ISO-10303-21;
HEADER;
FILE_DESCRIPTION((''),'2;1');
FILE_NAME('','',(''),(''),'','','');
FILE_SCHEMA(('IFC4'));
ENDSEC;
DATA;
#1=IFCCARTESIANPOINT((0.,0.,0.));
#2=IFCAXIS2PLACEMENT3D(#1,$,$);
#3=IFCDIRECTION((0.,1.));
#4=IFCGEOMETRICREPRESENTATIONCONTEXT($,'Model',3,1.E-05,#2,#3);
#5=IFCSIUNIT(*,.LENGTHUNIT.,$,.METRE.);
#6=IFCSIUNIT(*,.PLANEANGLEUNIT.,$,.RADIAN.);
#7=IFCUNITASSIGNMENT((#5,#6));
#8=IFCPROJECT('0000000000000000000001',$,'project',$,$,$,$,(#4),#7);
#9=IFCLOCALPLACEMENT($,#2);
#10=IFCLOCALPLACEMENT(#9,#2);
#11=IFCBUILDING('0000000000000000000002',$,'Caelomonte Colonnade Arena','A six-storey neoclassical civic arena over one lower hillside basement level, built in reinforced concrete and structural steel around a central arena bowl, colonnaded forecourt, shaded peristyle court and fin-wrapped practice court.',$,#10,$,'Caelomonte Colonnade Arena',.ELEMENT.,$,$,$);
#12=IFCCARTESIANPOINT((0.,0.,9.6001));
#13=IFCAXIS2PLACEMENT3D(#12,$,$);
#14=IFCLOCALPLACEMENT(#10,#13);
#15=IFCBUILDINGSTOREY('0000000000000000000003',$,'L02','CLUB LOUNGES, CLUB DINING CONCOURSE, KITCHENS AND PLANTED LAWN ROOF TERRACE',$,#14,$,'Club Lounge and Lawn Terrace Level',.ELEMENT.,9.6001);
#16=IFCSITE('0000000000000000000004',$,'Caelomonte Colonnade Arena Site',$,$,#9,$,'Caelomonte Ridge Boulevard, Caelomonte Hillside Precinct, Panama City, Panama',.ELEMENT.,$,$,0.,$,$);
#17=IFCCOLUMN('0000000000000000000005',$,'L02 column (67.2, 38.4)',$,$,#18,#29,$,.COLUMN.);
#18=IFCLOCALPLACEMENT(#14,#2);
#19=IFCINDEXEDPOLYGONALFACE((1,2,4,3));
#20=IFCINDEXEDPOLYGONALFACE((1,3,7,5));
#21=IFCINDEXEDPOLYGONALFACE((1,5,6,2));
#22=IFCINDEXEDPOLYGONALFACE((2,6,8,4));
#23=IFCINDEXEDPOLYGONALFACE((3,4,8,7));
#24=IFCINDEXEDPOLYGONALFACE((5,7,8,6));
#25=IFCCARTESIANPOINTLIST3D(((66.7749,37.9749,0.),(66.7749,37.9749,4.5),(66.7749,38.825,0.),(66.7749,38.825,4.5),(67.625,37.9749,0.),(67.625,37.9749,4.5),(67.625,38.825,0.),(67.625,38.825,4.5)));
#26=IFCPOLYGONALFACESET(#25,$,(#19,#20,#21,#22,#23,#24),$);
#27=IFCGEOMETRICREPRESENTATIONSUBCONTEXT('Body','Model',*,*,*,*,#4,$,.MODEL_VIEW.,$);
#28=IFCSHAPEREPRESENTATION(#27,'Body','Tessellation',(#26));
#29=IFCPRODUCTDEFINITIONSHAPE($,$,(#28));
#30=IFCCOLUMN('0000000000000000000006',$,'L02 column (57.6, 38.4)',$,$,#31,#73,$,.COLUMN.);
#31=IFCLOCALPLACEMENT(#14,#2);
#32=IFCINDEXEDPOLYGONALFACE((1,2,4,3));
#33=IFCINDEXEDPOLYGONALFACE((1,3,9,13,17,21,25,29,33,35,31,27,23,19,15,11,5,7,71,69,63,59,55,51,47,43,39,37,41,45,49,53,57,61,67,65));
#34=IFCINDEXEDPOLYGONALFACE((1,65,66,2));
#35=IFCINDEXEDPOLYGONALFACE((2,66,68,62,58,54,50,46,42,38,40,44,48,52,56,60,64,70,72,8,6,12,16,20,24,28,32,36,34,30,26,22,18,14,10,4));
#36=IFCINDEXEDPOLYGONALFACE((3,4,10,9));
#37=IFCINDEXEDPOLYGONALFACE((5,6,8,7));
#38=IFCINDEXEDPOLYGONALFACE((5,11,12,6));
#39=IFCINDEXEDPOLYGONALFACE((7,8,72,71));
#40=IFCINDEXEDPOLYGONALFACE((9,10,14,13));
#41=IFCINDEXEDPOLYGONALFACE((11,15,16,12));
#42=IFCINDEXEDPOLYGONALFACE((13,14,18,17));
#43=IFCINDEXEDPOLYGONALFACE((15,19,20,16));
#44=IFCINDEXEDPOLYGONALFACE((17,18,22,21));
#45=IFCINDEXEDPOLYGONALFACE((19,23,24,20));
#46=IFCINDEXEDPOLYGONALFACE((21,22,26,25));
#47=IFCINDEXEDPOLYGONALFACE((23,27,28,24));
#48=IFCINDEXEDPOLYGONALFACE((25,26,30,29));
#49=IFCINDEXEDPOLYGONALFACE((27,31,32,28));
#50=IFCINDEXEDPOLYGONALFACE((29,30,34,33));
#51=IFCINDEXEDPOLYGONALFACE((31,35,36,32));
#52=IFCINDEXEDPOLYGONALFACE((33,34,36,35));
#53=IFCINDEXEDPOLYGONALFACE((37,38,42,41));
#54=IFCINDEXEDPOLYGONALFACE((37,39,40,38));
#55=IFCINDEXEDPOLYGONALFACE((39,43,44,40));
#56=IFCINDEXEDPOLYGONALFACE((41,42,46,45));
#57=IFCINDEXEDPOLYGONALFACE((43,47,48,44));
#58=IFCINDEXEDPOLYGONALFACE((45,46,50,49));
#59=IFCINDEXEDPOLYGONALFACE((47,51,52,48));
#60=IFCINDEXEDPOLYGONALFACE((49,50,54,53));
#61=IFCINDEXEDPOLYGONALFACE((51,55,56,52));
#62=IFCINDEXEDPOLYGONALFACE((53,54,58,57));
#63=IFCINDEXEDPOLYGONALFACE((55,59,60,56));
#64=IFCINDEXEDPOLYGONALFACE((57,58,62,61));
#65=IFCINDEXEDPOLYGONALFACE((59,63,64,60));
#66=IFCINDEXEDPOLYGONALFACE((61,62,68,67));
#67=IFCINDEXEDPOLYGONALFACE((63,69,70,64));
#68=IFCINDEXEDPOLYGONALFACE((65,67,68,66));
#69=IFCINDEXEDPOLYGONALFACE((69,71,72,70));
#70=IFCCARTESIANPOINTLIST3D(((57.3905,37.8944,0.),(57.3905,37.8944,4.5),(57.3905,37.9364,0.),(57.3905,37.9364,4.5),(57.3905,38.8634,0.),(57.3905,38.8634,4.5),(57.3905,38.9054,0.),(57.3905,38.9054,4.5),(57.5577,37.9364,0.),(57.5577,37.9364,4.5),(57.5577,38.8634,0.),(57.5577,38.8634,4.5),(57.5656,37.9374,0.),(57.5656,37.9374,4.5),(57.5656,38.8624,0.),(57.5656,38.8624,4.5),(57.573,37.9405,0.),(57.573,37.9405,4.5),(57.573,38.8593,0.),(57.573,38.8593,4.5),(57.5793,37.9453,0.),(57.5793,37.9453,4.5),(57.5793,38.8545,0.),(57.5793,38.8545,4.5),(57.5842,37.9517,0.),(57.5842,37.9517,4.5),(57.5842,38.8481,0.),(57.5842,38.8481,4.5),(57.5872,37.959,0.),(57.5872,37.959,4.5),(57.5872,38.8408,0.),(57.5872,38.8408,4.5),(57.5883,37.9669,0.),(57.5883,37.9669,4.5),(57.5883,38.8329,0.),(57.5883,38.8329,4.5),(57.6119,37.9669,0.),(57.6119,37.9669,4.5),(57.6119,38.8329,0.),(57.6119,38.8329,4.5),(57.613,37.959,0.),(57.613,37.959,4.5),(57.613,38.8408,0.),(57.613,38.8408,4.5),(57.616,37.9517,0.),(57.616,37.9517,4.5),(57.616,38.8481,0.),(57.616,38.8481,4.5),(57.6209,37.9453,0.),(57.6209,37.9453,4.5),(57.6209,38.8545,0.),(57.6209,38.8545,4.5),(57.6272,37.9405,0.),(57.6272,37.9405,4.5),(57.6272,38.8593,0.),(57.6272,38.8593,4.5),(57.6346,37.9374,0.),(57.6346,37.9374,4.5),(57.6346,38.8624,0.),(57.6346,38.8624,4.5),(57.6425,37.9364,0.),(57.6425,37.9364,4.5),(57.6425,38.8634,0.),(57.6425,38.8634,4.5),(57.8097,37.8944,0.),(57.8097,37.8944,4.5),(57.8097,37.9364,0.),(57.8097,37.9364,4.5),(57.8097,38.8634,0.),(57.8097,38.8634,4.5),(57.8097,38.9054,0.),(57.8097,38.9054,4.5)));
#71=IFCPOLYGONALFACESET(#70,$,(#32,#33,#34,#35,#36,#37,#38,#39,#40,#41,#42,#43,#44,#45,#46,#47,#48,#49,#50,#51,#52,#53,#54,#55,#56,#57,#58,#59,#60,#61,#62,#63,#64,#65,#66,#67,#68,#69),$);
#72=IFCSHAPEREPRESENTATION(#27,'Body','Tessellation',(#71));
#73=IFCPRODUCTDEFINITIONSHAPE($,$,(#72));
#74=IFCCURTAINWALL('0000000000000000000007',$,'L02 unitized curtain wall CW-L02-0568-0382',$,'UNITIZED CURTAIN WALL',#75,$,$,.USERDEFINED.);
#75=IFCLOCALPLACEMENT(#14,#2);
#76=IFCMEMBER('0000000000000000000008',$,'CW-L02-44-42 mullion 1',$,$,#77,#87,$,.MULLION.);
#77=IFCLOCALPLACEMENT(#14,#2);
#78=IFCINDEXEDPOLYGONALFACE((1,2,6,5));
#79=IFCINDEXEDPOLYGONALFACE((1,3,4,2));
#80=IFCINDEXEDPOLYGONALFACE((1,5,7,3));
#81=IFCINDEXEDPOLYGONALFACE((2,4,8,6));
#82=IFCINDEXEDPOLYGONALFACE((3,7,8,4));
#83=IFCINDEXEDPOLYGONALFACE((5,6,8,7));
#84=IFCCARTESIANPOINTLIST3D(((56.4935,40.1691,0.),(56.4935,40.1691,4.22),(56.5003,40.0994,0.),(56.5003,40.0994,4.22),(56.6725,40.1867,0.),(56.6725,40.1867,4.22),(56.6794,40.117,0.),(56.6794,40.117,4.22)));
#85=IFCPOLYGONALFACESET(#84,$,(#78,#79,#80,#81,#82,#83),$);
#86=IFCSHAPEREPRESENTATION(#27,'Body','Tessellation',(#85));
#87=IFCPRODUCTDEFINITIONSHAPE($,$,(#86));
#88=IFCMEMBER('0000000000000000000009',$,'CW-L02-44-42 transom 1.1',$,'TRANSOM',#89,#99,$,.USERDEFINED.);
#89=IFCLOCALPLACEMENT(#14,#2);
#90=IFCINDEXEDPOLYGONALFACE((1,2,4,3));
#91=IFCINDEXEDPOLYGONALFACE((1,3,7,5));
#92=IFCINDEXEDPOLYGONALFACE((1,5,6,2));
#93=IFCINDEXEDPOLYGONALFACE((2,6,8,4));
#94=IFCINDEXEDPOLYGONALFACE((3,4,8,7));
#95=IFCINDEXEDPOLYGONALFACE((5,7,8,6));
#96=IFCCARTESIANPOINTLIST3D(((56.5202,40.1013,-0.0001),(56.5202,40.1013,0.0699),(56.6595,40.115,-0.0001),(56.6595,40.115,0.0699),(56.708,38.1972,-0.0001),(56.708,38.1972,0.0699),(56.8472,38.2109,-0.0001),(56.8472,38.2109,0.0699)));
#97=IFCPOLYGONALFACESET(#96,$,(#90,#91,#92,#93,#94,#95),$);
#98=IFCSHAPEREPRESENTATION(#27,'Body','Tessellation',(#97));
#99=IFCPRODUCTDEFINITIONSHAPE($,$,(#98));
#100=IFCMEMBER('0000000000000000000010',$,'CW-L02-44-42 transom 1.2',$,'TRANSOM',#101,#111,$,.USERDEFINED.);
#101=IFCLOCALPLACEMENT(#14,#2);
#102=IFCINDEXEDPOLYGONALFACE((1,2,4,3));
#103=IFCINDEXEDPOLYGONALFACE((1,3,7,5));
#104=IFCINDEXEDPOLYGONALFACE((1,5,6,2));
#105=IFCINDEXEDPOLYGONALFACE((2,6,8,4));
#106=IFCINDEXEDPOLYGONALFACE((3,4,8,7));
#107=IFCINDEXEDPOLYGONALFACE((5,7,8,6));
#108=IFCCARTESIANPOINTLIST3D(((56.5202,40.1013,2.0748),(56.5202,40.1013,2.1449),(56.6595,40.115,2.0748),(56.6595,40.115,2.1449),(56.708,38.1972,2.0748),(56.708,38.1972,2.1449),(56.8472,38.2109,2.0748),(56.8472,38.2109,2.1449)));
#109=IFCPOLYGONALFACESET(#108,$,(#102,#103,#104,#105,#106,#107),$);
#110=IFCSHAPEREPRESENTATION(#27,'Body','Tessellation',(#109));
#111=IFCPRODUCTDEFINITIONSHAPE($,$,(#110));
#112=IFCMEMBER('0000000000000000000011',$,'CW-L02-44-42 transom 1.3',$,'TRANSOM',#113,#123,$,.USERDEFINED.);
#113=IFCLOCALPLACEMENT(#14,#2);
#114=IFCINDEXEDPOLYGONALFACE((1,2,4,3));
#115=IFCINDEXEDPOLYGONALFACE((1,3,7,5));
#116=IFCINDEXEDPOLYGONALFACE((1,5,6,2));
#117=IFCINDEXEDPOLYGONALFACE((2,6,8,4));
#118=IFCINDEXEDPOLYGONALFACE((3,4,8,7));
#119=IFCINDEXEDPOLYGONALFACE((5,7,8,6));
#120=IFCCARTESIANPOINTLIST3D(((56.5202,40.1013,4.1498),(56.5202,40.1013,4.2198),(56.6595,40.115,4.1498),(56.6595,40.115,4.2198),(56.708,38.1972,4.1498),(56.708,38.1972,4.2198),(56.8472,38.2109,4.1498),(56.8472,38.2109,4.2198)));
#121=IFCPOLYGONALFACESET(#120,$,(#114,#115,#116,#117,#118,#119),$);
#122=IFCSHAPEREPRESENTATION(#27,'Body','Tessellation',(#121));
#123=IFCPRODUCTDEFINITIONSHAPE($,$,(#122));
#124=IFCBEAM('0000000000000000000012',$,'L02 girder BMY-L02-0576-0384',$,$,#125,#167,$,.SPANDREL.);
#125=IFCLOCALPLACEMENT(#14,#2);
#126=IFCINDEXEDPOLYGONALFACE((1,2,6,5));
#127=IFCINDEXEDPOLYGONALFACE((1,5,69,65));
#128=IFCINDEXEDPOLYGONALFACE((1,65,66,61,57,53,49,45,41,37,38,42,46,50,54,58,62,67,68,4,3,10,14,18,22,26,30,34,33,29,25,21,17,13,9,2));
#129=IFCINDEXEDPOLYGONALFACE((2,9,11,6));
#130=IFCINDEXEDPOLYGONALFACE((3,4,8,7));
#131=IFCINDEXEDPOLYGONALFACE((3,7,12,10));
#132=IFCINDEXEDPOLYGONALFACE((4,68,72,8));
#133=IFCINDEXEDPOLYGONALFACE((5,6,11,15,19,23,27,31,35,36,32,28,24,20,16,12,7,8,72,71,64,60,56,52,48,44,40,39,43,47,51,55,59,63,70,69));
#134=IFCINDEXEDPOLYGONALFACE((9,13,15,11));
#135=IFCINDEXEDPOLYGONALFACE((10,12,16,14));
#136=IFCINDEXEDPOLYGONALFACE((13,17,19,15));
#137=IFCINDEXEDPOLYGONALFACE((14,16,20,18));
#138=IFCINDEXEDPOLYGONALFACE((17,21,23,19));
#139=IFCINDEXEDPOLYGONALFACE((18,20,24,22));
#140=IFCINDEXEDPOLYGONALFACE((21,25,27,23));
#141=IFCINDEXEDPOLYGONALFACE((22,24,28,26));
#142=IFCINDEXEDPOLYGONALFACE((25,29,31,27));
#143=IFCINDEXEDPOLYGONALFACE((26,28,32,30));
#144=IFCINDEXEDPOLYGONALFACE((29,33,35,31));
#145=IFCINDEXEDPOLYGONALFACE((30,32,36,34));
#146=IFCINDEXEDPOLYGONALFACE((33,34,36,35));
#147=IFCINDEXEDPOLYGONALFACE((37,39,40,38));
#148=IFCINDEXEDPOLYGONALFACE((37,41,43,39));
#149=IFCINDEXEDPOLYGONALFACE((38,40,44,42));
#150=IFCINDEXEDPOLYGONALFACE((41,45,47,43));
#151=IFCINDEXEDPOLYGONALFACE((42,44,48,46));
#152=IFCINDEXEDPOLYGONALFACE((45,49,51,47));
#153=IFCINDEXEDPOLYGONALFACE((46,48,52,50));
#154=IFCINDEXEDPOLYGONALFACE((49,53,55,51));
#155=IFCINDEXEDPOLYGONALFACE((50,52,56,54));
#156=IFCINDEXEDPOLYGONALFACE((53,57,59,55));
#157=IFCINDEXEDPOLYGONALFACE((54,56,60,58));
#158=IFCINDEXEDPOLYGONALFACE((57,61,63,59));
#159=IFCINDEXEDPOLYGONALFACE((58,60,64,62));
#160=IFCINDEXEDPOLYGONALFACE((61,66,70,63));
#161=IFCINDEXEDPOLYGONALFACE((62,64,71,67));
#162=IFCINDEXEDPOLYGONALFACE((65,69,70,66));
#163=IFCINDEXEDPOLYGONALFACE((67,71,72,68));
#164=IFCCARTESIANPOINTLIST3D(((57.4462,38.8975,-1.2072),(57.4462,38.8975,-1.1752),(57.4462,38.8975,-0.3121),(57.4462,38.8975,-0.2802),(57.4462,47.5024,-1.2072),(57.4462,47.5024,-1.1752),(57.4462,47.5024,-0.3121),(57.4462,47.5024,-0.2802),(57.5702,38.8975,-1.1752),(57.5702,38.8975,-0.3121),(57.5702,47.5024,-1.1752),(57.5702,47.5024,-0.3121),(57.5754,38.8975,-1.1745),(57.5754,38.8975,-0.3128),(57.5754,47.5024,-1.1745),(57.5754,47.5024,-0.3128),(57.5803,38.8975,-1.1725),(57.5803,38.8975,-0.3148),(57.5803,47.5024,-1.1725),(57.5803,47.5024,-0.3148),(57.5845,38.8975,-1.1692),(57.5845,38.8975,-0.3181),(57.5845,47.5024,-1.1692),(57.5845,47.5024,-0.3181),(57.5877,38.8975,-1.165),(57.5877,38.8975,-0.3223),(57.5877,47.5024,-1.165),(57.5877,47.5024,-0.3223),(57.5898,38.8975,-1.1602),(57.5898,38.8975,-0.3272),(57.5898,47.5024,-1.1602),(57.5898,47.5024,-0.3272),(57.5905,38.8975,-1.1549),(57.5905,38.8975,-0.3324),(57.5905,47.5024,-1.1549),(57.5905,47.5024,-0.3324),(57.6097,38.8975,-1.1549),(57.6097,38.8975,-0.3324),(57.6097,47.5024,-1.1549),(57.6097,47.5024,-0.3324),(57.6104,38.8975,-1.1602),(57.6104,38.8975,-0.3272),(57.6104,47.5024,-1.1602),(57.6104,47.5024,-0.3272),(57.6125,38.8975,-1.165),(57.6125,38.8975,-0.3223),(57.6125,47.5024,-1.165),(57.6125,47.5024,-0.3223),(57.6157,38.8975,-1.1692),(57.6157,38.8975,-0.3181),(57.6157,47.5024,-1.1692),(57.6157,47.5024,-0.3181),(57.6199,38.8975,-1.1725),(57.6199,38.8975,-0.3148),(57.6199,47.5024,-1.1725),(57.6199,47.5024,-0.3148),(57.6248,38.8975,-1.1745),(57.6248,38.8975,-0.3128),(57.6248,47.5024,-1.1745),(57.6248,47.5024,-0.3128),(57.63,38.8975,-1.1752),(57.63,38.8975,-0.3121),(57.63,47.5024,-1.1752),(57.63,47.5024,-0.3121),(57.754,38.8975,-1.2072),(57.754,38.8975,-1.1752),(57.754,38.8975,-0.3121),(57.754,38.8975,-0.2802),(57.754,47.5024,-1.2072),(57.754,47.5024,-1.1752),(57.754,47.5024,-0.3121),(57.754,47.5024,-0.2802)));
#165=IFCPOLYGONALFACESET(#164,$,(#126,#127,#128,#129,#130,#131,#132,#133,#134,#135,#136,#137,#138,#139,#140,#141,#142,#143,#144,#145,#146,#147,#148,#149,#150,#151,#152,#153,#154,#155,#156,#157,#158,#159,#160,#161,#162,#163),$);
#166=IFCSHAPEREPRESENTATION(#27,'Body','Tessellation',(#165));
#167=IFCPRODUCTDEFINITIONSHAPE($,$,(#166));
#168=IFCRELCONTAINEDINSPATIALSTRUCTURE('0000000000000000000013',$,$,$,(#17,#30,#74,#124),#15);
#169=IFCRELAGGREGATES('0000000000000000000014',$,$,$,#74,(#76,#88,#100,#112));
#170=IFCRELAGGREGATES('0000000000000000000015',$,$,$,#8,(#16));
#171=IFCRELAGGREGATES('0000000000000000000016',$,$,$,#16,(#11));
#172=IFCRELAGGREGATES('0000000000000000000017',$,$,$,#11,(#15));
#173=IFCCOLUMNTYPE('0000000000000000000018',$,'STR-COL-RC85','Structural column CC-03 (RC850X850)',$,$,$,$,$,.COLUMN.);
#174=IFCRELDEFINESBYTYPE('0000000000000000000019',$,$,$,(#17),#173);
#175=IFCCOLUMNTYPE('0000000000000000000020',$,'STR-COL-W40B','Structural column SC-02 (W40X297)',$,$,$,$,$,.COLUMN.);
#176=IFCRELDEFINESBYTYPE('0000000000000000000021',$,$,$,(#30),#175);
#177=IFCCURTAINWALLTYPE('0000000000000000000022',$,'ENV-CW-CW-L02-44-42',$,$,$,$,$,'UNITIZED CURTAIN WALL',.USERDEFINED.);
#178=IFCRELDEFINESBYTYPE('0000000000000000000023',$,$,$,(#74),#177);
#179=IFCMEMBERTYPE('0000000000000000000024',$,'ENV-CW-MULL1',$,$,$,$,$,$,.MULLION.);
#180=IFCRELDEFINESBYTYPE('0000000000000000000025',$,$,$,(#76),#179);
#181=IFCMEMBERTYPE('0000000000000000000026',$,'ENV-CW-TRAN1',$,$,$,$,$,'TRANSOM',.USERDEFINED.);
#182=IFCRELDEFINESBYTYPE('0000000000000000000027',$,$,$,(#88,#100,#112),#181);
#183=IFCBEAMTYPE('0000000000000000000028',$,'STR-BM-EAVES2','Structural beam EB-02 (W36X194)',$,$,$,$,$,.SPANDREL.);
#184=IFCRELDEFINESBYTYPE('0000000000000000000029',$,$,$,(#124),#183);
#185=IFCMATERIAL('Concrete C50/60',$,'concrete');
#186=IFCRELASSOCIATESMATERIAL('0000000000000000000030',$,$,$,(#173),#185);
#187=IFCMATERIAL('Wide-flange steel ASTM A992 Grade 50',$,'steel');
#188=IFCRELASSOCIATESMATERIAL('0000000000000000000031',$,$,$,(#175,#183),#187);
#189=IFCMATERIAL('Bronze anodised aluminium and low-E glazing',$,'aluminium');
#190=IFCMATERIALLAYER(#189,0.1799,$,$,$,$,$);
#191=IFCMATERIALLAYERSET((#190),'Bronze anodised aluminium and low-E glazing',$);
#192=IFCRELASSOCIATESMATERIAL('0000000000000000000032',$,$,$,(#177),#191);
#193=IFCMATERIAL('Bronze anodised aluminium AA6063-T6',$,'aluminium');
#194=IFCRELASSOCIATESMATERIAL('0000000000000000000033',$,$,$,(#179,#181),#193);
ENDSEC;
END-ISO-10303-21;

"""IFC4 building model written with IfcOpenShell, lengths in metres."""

from ifc_helpers import new_model, si_unit, direction, frame, origin, origin_2d, place, context, subcontext, project, spatial, rectangle, i_section, extrude, material, layer, layer_set, material_profile, profile_set, type_object, element, aggregate, save


model = new_model("IFC4")

# Units and contexts
model_context = context("Model", 3, precision=1e-05, world=origin(), true_north=direction((0.0, 1.0)))
body_context = subcontext(model_context, "Body", "Model", "MODEL_VIEW")
ifc_project = project(units=[si_unit("LENGTHUNIT", "METRE"), si_unit("PLANEANGLEUNIT", "RADIAN")], contexts=[model_context])

# Site, building, storey
site_placement = place(None, origin())
site = spatial("IfcSite", under=ifc_project, at=site_placement, Name="Caelomonte Colonnade Arena Site", LongName="Caelomonte Ridge Boulevard, Caelomonte Hillside Precinct, Panama City, Panama", CompositionType="ELEMENT", RefElevation=0.0)
building_placement = place(site_placement, origin())
building = spatial("IfcBuilding", under=site, at=building_placement, Name="Caelomonte Colonnade Arena", Description="A six-storey neoclassical civic arena over one lower hillside basement level, built in reinforced concrete and structural steel around a central arena bowl, colonnaded forecourt, shaded peristyle court and fin-wrapped practice court.", LongName="Caelomonte Colonnade Arena", CompositionType="ELEMENT")
storey_placement = place(building_placement, frame((0.0, 0.0, 9.6001)))
storey = spatial("IfcBuildingStorey", under=building, at=storey_placement, Name="L02", Description="CLUB LOUNGES, CLUB DINING CONCOURSE, KITCHENS AND PLANTED LAWN ROOF TERRACE", LongName="Club Lounge and Lawn Terrace Level", CompositionType="ELEMENT", Elevation=9.6001)

# Columns
ifc_material_1 = material(Name="Concrete C50/60", Category="concrete")
ifc_material_profile_1 = material_profile(ifc_material_1, rectangle(XDim=0.8501, YDim=0.8501, at=origin_2d()), Name="RC850X850")
ifc_profile_set_1 = profile_set([ifc_material_profile_1], Name="Concrete C50/60")
column_type_1 = type_object("IfcColumnType", Name="STR-COL-RC85", Description="Structural column CC-03 (RC850X850)", PredefinedType="COLUMN", material=ifc_profile_set_1)
column_1_placement = place(storey_placement, frame((67.2, 38.3999, 0.0), z_axis=(0.0, 0.0, 1.0), x_axis=(1.0, 0.0, 0.0)))
element("IfcColumn", 1, at=column_1_placement, inside=storey, type_object=column_type_1, Name="L02 column (67.2, 38.4)", PredefinedType="COLUMN", context=body_context, shape_type="SweptSolid", body=[
    extrude(rectangle(XDim=0.8501, YDim=0.8501, at=origin_2d()), origin(), (0.0, 0.0, 1.0), 4.5),
])
ifc_material_2 = material(Name="Wide-flange steel ASTM A992 Grade 50", Category="steel")
ifc_material_profile_2 = material_profile(ifc_material_2, i_section(OverallWidth=0.4192, OverallDepth=1.011, WebThickness=0.0237, FlangeThickness=0.042, FilletRadius=0.0305, at=origin_2d()), Name="W40X297")
ifc_profile_set_2 = profile_set([ifc_material_profile_2], Name="Wide-flange steel ASTM A992 Grade 50")
column_type_2 = type_object("IfcColumnType", Name="STR-COL-W40B", Description="Structural column SC-02 (W40X297)", PredefinedType="COLUMN", material=ifc_profile_set_2)
column_2_placement = place(storey_placement, frame((57.6001, 38.3999, 0.0), z_axis=(0.0, 0.0, 1.0), x_axis=(1.0, 0.0, 0.0)))
element("IfcColumn", 2, at=column_2_placement, inside=storey, type_object=column_type_2, Name="L02 column (57.6, 38.4)", PredefinedType="COLUMN", context=body_context, shape_type="SweptSolid", body=[
    extrude(i_section(OverallWidth=0.4192, OverallDepth=1.011, WebThickness=0.0237, FlangeThickness=0.042, FilletRadius=0.0305, at=origin_2d()), origin(), (0.0, 0.0, 1.0), 4.5),
])

# Curtain wall, members
ifc_material_3 = material(Name="Bronze anodised aluminium and low-E glazing", Category="aluminium")
ifc_layer_1 = layer(ifc_material_3, 0.1799)
ifc_layer_set_1 = layer_set([ifc_layer_1], Name="Bronze anodised aluminium and low-E glazing")
curtain_wall_type = type_object("IfcCurtainWallType", Name="ENV-CW-CW-L02-44-42", ElementType="UNITIZED CURTAIN WALL", PredefinedType="USERDEFINED", material=ifc_layer_set_1)
curtain_wall_placement = place(storey_placement, origin())
curtain_wall = element("IfcCurtainWall", 3, at=curtain_wall_placement, inside=storey, type_object=curtain_wall_type, Name="L02 unitized curtain wall CW-L02-0568-0382", ObjectType="UNITIZED CURTAIN WALL", PredefinedType="USERDEFINED")
ifc_material_4 = material(Name="Bronze anodised aluminium AA6063-T6", Category="aluminium")
ifc_material_profile_3 = material_profile(ifc_material_4, rectangle(XDim=0.0701, YDim=0.1799, at=origin_2d()), Name="CWM-70X180")
ifc_profile_set_3 = profile_set([ifc_material_profile_3], Name="Bronze anodised aluminium AA6063-T6")
member_type_1 = type_object("IfcMemberType", Name="ENV-CW-MULL1", PredefinedType="MULLION", material=ifc_profile_set_3)
member_1_placement = place(storey_placement, frame((56.5864, 40.1431, 0.0), z_axis=(0.0, 0.0, 1.0), x_axis=(0.098002, -0.995186, 0.0)))
member_1 = element("IfcMember", 4, at=member_1_placement, type_object=member_type_1, Name="CW-L02-44-42 mullion 1", PredefinedType="MULLION", context=body_context, shape_type="SweptSolid", body=[
    extrude(rectangle(XDim=0.0701, YDim=0.1799, at=origin_2d()), origin(), (0.0, 0.0, 1.0), 4.22),
])
ifc_material_profile_4 = material_profile(ifc_material_4, rectangle(XDim=0.0701, YDim=0.1399, at=origin_2d()), Name="CWT-70X140")
ifc_profile_set_4 = profile_set([ifc_material_profile_4], Name="Bronze anodised aluminium AA6063-T6")
member_type_2 = type_object("IfcMemberType", Name="ENV-CW-TRAN1", ElementType="TRANSOM", PredefinedType="USERDEFINED", material=ifc_profile_set_4)
member_2_placement = place(storey_placement, frame((56.5898, 40.1082, 0.0349), z_axis=(0.098127, -0.995174, 0.0), x_axis=(0.0, 0.0, 1.0)))
member_2 = element("IfcMember", 5, at=member_2_placement, type_object=member_type_2, Name="CW-L02-44-42 transom 1.1", ObjectType="TRANSOM", PredefinedType="USERDEFINED", context=body_context, shape_type="SweptSolid", body=[
    extrude(rectangle(XDim=0.0701, YDim=0.1399, at=origin_2d()), origin(), (0.0, 0.0, 1.0), 1.9133),
])
member_3_placement = place(storey_placement, frame((56.5898, 40.1082, 2.1099), z_axis=(0.098127, -0.995174, 0.0), x_axis=(0.0, 0.0, 1.0)))
member_3 = element("IfcMember", 6, at=member_3_placement, type_object=member_type_2, Name="CW-L02-44-42 transom 1.2", ObjectType="TRANSOM", PredefinedType="USERDEFINED", context=body_context, shape_type="SweptSolid", body=[
    extrude(rectangle(XDim=0.0701, YDim=0.1399, at=origin_2d()), origin(), (0.0, 0.0, 1.0), 1.9133),
])
member_4_placement = place(storey_placement, frame((56.5898, 40.1082, 4.1848), z_axis=(0.098127, -0.995174, 0.0), x_axis=(0.0, 0.0, 1.0)))
member_4 = element("IfcMember", 7, at=member_4_placement, type_object=member_type_2, Name="CW-L02-44-42 transom 1.3", ObjectType="TRANSOM", PredefinedType="USERDEFINED", context=body_context, shape_type="SweptSolid", body=[
    extrude(rectangle(XDim=0.0701, YDim=0.1399, at=origin_2d()), origin(), (0.0, 0.0, 1.0), 1.9133),
])

# Beam
ifc_material_profile_5 = material_profile(ifc_material_2, i_section(OverallWidth=0.3079, OverallDepth=0.927, WebThickness=0.0193, FlangeThickness=0.032, FilletRadius=0.0203, at=origin_2d()), Name="W36X194")
ifc_profile_set_5 = profile_set([ifc_material_profile_5], Name="Wide-flange steel ASTM A992 Grade 50")
beam_type_1 = type_object("IfcBeamType", Name="STR-BM-EAVES2", Description="Structural beam EB-02 (W36X194)", PredefinedType="SPANDREL", material=ifc_profile_set_5)
beam_1_placement = place(storey_placement, frame((57.6001, 38.8975, -0.7437), z_axis=(0.0, 1.0, 0.0), x_axis=(-1.0, 0.0, 0.0)))
element("IfcBeam", 8, at=beam_1_placement, inside=storey, type_object=beam_type_1, Name="L02 girder BMY-L02-0576-0384", PredefinedType="SPANDREL", context=body_context, shape_type="SweptSolid", body=[
    extrude(i_section(OverallWidth=0.3079, OverallDepth=0.927, WebThickness=0.0193, FlangeThickness=0.032, FilletRadius=0.0203, at=origin_2d()), origin(), (0.0, 0.0, 1.0), 8.605),
])

aggregate(curtain_wall, [member_1, member_2, member_3, member_4])

save(model, "model.ifc")
